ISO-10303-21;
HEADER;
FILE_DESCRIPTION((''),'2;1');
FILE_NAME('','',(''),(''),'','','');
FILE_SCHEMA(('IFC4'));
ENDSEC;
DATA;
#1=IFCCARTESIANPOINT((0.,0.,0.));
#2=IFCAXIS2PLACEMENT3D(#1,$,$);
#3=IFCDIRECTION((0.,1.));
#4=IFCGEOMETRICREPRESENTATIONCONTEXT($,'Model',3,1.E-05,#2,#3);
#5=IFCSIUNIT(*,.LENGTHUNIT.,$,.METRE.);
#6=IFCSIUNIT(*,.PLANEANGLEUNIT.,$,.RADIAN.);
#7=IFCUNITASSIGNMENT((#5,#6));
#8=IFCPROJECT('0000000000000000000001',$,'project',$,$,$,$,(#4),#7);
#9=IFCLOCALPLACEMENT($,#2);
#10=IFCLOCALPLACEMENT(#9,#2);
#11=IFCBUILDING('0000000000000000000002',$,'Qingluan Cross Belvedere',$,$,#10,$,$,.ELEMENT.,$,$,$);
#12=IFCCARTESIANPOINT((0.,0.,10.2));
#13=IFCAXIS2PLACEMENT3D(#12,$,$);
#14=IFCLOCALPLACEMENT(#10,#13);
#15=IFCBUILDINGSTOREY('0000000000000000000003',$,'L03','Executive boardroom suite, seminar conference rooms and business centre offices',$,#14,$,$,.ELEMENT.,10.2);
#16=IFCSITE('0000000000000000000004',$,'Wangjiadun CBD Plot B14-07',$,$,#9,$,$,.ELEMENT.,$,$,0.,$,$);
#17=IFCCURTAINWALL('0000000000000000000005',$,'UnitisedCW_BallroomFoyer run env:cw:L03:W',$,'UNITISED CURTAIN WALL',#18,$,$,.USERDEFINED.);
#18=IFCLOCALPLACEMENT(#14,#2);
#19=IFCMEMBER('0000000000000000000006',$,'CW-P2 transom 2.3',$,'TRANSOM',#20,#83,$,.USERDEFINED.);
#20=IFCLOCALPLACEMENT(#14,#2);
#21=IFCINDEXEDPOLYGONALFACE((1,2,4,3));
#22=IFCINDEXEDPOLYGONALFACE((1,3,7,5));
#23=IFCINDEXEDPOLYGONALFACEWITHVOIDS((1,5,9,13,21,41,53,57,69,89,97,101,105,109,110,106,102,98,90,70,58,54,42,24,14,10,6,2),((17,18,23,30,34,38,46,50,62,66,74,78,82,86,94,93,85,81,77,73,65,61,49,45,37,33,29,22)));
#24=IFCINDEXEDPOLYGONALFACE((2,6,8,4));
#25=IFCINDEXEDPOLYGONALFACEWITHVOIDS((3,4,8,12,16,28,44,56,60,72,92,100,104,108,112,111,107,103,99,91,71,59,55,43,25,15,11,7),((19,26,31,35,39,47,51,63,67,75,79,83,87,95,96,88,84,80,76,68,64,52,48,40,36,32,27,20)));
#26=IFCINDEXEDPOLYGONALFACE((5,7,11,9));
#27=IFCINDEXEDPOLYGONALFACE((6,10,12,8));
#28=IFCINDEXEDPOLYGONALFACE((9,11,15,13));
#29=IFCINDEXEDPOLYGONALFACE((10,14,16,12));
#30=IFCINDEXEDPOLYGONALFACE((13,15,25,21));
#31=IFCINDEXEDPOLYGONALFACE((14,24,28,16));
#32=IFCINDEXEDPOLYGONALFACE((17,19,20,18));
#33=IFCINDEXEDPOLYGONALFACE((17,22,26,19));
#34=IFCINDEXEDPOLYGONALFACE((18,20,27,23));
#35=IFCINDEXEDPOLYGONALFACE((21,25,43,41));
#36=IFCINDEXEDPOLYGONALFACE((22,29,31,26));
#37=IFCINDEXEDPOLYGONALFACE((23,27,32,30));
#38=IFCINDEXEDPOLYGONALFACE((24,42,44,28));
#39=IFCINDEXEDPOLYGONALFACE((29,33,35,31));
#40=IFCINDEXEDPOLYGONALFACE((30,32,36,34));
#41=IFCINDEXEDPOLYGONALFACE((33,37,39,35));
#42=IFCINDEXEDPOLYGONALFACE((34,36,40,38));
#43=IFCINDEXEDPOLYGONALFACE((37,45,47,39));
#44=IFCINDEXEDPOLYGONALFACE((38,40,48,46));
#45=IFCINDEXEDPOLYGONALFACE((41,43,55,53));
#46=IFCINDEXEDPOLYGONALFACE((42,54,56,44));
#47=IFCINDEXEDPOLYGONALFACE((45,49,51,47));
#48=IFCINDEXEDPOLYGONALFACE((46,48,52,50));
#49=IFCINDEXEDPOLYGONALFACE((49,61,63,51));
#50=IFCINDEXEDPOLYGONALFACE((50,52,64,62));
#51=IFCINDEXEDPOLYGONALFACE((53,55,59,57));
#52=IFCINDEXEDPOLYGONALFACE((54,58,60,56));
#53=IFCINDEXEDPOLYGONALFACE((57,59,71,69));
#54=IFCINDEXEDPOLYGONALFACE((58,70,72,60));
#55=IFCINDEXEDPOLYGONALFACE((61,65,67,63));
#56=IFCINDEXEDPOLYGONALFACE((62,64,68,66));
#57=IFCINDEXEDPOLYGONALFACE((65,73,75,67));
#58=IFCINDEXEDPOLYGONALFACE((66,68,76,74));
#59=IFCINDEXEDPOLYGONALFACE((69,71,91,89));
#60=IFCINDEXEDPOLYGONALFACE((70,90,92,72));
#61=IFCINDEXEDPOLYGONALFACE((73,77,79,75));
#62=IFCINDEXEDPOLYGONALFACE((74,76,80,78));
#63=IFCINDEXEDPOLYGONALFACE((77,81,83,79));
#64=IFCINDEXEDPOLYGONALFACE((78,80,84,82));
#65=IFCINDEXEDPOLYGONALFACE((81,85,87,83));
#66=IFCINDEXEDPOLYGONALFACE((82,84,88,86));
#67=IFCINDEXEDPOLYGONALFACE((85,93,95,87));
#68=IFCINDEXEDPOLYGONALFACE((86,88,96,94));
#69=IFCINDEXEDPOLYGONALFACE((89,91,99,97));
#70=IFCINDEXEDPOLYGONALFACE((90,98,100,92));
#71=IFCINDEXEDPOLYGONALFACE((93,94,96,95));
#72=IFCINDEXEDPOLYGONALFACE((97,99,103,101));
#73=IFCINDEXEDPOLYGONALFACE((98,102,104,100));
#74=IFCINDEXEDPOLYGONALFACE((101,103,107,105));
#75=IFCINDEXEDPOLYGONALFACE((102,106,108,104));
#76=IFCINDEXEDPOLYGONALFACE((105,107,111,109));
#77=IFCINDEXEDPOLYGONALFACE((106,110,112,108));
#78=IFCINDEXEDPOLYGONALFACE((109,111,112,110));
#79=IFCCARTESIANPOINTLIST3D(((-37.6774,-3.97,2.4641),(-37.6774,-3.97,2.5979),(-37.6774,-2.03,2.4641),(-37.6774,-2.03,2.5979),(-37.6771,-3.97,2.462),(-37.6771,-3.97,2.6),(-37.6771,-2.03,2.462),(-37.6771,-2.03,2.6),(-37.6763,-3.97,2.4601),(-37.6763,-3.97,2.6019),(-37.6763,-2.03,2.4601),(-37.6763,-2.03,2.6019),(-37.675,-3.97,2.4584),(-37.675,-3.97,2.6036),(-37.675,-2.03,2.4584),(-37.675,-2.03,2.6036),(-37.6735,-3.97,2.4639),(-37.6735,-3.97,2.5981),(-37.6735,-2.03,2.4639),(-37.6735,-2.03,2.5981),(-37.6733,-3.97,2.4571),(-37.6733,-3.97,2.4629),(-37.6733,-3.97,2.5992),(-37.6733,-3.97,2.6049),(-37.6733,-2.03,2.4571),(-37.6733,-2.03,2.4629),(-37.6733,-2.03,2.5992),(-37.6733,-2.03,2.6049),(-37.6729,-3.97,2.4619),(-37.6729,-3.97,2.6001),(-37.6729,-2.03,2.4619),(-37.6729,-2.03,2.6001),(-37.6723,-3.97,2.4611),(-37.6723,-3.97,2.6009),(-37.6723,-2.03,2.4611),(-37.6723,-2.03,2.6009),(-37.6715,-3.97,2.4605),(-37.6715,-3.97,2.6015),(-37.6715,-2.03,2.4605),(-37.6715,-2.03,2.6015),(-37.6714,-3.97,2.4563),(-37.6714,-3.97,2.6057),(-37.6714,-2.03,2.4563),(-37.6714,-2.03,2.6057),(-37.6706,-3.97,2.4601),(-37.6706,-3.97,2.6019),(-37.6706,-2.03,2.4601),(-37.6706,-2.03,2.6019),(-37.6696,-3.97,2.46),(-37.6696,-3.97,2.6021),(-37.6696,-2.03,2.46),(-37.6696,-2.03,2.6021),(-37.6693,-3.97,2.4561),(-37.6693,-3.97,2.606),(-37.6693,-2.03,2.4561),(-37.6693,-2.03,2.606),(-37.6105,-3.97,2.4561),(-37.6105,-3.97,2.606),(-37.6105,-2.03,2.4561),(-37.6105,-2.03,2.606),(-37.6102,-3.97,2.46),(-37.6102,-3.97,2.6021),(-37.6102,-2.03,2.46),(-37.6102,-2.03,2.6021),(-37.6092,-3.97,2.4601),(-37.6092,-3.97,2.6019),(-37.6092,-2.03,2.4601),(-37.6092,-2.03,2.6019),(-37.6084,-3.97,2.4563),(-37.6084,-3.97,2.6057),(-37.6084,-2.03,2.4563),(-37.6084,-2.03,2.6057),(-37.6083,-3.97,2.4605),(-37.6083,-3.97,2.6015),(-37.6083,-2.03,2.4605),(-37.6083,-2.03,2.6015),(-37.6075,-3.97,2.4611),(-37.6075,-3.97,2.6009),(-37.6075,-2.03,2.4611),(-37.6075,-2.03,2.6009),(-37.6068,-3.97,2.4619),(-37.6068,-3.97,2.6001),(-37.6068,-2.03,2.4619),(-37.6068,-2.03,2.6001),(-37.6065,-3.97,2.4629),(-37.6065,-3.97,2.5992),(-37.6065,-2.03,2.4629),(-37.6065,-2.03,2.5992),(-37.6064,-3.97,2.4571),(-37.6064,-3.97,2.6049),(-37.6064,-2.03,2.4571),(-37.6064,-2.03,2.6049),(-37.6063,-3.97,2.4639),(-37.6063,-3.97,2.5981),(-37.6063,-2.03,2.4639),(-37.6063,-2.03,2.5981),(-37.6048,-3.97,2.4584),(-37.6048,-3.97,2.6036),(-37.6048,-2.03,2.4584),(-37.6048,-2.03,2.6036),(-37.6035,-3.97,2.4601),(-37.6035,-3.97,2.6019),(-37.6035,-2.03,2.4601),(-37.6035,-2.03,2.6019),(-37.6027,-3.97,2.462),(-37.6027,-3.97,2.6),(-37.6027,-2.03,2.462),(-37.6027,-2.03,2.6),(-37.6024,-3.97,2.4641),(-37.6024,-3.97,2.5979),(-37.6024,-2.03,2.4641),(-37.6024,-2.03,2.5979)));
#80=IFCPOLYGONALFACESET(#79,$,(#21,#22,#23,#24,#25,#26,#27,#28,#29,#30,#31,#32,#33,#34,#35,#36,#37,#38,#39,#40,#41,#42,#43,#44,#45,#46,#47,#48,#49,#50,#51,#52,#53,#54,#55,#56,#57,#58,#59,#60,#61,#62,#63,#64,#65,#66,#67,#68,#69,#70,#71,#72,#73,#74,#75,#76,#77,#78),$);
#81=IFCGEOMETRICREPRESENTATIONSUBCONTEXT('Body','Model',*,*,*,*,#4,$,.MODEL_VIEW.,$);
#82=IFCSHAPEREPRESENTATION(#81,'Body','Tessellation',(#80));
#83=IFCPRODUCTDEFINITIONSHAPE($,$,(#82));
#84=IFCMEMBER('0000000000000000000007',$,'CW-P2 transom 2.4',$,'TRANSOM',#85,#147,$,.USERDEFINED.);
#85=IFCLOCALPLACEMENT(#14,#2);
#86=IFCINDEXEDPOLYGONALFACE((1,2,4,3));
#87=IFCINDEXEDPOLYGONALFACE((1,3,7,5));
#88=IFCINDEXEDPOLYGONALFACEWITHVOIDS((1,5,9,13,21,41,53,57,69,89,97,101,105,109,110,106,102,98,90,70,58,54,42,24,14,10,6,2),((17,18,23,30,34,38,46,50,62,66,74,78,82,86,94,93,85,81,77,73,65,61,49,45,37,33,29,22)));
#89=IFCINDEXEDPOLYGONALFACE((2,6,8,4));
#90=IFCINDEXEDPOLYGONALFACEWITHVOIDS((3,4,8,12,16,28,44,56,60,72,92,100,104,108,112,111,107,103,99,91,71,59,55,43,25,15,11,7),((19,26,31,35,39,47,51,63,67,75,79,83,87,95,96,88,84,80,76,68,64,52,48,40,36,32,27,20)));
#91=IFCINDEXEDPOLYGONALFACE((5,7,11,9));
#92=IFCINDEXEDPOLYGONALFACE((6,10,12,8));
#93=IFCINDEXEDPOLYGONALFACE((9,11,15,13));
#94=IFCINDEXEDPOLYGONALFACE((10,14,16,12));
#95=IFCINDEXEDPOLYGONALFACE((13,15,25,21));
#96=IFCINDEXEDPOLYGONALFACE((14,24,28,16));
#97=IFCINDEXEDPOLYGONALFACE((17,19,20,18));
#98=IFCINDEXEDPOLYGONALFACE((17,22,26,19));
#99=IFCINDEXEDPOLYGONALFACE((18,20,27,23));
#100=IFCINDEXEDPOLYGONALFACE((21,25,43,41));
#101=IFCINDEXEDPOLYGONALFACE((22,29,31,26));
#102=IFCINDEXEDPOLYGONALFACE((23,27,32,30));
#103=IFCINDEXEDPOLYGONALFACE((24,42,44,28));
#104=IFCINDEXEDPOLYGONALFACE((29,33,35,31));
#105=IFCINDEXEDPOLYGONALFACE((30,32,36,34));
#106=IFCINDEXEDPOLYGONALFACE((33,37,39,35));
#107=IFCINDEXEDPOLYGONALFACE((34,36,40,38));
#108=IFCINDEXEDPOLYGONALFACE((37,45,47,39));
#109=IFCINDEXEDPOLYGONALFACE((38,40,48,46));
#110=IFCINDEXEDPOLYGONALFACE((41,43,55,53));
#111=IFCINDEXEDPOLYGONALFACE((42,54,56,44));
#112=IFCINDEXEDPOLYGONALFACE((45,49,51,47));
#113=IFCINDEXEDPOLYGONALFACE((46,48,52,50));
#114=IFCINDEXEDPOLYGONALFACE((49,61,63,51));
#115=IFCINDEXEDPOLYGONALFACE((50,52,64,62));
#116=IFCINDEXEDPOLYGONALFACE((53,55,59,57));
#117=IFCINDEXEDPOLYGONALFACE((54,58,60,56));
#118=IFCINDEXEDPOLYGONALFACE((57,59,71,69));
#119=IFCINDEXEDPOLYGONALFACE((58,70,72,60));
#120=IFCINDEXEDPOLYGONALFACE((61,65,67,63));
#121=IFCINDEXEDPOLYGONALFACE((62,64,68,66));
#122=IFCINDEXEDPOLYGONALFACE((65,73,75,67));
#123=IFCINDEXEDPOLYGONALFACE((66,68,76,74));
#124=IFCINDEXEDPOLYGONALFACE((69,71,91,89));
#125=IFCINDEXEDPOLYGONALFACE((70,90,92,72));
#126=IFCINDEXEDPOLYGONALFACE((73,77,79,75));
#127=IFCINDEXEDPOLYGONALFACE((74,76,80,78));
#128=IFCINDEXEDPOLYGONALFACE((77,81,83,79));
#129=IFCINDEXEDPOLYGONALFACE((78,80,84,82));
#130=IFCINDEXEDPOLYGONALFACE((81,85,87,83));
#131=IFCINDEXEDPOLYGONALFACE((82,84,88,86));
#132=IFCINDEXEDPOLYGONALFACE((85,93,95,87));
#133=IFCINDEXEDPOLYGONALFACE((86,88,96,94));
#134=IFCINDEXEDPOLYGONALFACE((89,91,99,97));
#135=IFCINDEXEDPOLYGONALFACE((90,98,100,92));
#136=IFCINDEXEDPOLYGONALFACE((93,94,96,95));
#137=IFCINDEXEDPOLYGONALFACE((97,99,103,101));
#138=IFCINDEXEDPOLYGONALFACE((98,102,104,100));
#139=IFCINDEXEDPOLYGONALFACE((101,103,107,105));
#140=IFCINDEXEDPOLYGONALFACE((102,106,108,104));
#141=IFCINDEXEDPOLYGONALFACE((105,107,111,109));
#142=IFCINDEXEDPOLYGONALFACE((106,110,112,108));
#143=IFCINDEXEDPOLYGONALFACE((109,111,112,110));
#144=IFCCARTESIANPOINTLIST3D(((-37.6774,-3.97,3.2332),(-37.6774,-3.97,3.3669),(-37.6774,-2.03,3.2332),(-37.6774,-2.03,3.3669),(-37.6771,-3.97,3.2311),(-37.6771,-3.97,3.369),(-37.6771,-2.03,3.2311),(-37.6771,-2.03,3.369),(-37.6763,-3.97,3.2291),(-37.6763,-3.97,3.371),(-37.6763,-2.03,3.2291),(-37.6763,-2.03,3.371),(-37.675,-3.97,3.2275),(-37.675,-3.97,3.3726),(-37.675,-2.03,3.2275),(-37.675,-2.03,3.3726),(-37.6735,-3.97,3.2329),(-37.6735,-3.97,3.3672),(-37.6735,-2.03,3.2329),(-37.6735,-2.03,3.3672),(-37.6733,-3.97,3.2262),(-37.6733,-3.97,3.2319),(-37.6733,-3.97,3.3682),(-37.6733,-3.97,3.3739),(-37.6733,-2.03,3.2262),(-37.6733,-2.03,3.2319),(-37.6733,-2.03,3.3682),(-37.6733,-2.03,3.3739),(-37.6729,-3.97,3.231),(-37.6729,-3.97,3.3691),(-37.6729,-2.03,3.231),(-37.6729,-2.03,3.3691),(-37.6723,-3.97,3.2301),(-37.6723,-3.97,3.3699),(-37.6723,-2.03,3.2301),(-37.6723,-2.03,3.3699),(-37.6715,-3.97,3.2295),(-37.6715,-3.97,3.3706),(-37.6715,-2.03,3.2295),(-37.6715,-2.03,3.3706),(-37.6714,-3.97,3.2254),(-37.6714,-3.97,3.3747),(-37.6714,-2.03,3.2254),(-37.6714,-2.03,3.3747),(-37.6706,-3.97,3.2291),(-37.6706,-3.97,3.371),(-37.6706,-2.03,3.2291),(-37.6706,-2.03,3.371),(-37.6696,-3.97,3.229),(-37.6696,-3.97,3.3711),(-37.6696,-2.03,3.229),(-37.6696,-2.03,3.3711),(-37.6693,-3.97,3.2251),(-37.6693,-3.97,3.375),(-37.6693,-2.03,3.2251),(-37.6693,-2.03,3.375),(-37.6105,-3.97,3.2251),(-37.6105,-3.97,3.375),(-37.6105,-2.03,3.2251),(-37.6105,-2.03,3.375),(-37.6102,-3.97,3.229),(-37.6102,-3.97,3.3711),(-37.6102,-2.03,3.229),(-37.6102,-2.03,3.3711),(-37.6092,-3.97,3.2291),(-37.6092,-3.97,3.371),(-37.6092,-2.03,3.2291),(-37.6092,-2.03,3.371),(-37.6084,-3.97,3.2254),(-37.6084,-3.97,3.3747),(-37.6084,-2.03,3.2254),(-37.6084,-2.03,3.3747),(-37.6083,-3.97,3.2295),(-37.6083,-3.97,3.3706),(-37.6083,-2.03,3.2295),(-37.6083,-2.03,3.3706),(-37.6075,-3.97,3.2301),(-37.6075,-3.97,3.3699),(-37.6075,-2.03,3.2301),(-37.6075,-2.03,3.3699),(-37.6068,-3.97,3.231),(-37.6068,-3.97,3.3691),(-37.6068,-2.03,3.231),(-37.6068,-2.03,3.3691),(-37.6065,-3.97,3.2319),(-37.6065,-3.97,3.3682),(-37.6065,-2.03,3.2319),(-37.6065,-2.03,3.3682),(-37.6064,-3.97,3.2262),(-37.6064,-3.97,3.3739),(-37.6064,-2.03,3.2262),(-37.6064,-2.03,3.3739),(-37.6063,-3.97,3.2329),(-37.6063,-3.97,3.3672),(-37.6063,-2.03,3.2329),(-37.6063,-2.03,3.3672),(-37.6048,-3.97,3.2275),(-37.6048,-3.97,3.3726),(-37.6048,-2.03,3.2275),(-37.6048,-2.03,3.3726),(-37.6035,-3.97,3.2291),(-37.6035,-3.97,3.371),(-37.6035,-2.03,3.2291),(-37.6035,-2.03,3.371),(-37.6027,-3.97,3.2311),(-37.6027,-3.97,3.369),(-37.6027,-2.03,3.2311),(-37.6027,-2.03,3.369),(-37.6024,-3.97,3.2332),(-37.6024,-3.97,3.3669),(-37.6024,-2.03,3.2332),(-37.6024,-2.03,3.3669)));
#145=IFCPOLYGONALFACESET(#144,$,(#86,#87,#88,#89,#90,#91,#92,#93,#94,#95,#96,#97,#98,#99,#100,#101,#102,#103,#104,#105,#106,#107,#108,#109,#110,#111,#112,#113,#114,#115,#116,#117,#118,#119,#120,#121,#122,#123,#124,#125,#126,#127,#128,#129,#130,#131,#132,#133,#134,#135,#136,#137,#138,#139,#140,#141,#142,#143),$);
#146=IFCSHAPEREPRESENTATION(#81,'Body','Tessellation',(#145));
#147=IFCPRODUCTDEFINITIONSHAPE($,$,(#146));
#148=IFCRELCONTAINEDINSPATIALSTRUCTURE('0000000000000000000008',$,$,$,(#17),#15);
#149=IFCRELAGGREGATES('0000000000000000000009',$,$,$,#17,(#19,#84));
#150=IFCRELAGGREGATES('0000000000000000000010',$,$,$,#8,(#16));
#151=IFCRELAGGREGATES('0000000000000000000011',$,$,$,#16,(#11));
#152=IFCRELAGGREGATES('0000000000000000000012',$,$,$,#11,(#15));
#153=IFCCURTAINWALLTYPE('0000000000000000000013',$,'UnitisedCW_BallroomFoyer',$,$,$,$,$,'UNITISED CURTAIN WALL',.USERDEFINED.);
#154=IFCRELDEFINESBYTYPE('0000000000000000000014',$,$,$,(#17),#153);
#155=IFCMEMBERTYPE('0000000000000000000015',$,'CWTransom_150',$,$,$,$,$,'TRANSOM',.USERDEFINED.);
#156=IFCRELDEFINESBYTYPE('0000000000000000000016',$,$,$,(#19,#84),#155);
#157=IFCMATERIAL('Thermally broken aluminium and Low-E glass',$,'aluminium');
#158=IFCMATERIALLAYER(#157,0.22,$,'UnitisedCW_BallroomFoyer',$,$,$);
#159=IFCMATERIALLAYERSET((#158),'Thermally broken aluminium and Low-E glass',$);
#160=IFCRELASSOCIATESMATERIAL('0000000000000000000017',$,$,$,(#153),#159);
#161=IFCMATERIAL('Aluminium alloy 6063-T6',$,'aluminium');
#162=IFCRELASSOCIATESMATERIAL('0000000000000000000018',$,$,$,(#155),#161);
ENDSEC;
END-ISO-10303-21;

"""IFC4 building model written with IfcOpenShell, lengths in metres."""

from ifc_helpers import new_model, si_unit, direction, frame, origin, origin_2d, place, context, subcontext, project, spatial, hollow_rectangle, extrude, material, layer, layer_set, material_profile, profile_set, type_object, element, aggregate, save


model = new_model("IFC4")

# Units and contexts
model_context = context("Model", 3, precision=1e-05, world=origin(), true_north=direction((0.0, 1.0)))
body_context = subcontext(model_context, "Body", "Model", "MODEL_VIEW")
ifc_project = project(units=[si_unit("LENGTHUNIT", "METRE"), si_unit("PLANEANGLEUNIT", "RADIAN")], contexts=[model_context])

# Site, building, storey
site_placement = place(None, origin())
site = spatial("IfcSite", under=ifc_project, at=site_placement, Name="Wangjiadun CBD Plot B14-07", CompositionType="ELEMENT", RefElevation=0.0)
building_placement = place(site_placement, origin())
building = spatial("IfcBuilding", under=site, at=building_placement, Name="Qingluan Cross Belvedere", CompositionType="ELEMENT")
storey_placement = place(building_placement, frame((0.0, 0.0, 10.2)))
storey = spatial("IfcBuildingStorey", under=building, at=storey_placement, Name="L03", Description="Executive boardroom suite, seminar conference rooms and business centre offices", CompositionType="ELEMENT", Elevation=10.2)

# Curtain wall, members
ifc_material_1 = material(Name="Thermally broken aluminium and Low-E glass", Category="aluminium")
ifc_layer_1 = layer(ifc_material_1, 0.22, Name="UnitisedCW_BallroomFoyer")
ifc_layer_set_1 = layer_set([ifc_layer_1], Name="Thermally broken aluminium and Low-E glass")
curtain_wall_type = type_object("IfcCurtainWallType", Name="UnitisedCW_BallroomFoyer", ElementType="UNITISED CURTAIN WALL", PredefinedType="USERDEFINED", material=ifc_layer_set_1)
curtain_wall_placement = place(storey_placement, origin())
curtain_wall = element("IfcCurtainWall", 1, at=curtain_wall_placement, inside=storey, type_object=curtain_wall_type, Name="UnitisedCW_BallroomFoyer run env:cw:L03:W", ObjectType="UNITISED CURTAIN WALL", PredefinedType="USERDEFINED")
ifc_material_2 = material(Name="Aluminium alloy 6063-T6", Category="aluminium")
ifc_material_profile_1 = material_profile(ifc_material_2, hollow_rectangle(XDim=0.075, YDim=0.1499, WallThickness=0.0039, InnerFilletRadius=0.0039, OuterFilletRadius=0.0081, at=origin_2d()), Name="CWT150x75x4")
ifc_profile_set_1 = profile_set([ifc_material_profile_1], Name="Aluminium alloy 6063-T6")
member_type_1 = type_object("IfcMemberType", Name="CWTransom_150", ElementType="TRANSOM", PredefinedType="USERDEFINED", material=ifc_profile_set_1)
member_1_placement = place(storey_placement, frame((-37.6399, -3.97, 2.531), z_axis=(0.0, 1.0, 0.0), x_axis=(-1.0, 0.0, 0.0)))
member_1 = element("IfcMember", 2, at=member_1_placement, type_object=member_type_1, Name="CW-P2 transom 2.3", ObjectType="TRANSOM", PredefinedType="USERDEFINED", context=body_context, shape_type="SweptSolid", body=[
    extrude(hollow_rectangle(XDim=0.075, YDim=0.1499, WallThickness=0.0039, InnerFilletRadius=0.0039, OuterFilletRadius=0.0081, at=origin_2d()), origin(), (0.0, 0.0, 1.0), 1.9399),
])
member_2_placement = place(storey_placement, frame((-37.6399, -3.97, 3.3), z_axis=(0.0, 1.0, 0.0), x_axis=(-1.0, 0.0, 0.0)))
member_2 = element("IfcMember", 3, at=member_2_placement, type_object=member_type_1, Name="CW-P2 transom 2.4", ObjectType="TRANSOM", PredefinedType="USERDEFINED", context=body_context, shape_type="SweptSolid", body=[
    extrude(hollow_rectangle(XDim=0.075, YDim=0.1499, WallThickness=0.0039, InnerFilletRadius=0.0039, OuterFilletRadius=0.0081, at=origin_2d()), origin(), (0.0, 0.0, 1.0), 1.9399),
])
aggregate(curtain_wall, [member_1, member_2])

save(model, "model.ifc")
